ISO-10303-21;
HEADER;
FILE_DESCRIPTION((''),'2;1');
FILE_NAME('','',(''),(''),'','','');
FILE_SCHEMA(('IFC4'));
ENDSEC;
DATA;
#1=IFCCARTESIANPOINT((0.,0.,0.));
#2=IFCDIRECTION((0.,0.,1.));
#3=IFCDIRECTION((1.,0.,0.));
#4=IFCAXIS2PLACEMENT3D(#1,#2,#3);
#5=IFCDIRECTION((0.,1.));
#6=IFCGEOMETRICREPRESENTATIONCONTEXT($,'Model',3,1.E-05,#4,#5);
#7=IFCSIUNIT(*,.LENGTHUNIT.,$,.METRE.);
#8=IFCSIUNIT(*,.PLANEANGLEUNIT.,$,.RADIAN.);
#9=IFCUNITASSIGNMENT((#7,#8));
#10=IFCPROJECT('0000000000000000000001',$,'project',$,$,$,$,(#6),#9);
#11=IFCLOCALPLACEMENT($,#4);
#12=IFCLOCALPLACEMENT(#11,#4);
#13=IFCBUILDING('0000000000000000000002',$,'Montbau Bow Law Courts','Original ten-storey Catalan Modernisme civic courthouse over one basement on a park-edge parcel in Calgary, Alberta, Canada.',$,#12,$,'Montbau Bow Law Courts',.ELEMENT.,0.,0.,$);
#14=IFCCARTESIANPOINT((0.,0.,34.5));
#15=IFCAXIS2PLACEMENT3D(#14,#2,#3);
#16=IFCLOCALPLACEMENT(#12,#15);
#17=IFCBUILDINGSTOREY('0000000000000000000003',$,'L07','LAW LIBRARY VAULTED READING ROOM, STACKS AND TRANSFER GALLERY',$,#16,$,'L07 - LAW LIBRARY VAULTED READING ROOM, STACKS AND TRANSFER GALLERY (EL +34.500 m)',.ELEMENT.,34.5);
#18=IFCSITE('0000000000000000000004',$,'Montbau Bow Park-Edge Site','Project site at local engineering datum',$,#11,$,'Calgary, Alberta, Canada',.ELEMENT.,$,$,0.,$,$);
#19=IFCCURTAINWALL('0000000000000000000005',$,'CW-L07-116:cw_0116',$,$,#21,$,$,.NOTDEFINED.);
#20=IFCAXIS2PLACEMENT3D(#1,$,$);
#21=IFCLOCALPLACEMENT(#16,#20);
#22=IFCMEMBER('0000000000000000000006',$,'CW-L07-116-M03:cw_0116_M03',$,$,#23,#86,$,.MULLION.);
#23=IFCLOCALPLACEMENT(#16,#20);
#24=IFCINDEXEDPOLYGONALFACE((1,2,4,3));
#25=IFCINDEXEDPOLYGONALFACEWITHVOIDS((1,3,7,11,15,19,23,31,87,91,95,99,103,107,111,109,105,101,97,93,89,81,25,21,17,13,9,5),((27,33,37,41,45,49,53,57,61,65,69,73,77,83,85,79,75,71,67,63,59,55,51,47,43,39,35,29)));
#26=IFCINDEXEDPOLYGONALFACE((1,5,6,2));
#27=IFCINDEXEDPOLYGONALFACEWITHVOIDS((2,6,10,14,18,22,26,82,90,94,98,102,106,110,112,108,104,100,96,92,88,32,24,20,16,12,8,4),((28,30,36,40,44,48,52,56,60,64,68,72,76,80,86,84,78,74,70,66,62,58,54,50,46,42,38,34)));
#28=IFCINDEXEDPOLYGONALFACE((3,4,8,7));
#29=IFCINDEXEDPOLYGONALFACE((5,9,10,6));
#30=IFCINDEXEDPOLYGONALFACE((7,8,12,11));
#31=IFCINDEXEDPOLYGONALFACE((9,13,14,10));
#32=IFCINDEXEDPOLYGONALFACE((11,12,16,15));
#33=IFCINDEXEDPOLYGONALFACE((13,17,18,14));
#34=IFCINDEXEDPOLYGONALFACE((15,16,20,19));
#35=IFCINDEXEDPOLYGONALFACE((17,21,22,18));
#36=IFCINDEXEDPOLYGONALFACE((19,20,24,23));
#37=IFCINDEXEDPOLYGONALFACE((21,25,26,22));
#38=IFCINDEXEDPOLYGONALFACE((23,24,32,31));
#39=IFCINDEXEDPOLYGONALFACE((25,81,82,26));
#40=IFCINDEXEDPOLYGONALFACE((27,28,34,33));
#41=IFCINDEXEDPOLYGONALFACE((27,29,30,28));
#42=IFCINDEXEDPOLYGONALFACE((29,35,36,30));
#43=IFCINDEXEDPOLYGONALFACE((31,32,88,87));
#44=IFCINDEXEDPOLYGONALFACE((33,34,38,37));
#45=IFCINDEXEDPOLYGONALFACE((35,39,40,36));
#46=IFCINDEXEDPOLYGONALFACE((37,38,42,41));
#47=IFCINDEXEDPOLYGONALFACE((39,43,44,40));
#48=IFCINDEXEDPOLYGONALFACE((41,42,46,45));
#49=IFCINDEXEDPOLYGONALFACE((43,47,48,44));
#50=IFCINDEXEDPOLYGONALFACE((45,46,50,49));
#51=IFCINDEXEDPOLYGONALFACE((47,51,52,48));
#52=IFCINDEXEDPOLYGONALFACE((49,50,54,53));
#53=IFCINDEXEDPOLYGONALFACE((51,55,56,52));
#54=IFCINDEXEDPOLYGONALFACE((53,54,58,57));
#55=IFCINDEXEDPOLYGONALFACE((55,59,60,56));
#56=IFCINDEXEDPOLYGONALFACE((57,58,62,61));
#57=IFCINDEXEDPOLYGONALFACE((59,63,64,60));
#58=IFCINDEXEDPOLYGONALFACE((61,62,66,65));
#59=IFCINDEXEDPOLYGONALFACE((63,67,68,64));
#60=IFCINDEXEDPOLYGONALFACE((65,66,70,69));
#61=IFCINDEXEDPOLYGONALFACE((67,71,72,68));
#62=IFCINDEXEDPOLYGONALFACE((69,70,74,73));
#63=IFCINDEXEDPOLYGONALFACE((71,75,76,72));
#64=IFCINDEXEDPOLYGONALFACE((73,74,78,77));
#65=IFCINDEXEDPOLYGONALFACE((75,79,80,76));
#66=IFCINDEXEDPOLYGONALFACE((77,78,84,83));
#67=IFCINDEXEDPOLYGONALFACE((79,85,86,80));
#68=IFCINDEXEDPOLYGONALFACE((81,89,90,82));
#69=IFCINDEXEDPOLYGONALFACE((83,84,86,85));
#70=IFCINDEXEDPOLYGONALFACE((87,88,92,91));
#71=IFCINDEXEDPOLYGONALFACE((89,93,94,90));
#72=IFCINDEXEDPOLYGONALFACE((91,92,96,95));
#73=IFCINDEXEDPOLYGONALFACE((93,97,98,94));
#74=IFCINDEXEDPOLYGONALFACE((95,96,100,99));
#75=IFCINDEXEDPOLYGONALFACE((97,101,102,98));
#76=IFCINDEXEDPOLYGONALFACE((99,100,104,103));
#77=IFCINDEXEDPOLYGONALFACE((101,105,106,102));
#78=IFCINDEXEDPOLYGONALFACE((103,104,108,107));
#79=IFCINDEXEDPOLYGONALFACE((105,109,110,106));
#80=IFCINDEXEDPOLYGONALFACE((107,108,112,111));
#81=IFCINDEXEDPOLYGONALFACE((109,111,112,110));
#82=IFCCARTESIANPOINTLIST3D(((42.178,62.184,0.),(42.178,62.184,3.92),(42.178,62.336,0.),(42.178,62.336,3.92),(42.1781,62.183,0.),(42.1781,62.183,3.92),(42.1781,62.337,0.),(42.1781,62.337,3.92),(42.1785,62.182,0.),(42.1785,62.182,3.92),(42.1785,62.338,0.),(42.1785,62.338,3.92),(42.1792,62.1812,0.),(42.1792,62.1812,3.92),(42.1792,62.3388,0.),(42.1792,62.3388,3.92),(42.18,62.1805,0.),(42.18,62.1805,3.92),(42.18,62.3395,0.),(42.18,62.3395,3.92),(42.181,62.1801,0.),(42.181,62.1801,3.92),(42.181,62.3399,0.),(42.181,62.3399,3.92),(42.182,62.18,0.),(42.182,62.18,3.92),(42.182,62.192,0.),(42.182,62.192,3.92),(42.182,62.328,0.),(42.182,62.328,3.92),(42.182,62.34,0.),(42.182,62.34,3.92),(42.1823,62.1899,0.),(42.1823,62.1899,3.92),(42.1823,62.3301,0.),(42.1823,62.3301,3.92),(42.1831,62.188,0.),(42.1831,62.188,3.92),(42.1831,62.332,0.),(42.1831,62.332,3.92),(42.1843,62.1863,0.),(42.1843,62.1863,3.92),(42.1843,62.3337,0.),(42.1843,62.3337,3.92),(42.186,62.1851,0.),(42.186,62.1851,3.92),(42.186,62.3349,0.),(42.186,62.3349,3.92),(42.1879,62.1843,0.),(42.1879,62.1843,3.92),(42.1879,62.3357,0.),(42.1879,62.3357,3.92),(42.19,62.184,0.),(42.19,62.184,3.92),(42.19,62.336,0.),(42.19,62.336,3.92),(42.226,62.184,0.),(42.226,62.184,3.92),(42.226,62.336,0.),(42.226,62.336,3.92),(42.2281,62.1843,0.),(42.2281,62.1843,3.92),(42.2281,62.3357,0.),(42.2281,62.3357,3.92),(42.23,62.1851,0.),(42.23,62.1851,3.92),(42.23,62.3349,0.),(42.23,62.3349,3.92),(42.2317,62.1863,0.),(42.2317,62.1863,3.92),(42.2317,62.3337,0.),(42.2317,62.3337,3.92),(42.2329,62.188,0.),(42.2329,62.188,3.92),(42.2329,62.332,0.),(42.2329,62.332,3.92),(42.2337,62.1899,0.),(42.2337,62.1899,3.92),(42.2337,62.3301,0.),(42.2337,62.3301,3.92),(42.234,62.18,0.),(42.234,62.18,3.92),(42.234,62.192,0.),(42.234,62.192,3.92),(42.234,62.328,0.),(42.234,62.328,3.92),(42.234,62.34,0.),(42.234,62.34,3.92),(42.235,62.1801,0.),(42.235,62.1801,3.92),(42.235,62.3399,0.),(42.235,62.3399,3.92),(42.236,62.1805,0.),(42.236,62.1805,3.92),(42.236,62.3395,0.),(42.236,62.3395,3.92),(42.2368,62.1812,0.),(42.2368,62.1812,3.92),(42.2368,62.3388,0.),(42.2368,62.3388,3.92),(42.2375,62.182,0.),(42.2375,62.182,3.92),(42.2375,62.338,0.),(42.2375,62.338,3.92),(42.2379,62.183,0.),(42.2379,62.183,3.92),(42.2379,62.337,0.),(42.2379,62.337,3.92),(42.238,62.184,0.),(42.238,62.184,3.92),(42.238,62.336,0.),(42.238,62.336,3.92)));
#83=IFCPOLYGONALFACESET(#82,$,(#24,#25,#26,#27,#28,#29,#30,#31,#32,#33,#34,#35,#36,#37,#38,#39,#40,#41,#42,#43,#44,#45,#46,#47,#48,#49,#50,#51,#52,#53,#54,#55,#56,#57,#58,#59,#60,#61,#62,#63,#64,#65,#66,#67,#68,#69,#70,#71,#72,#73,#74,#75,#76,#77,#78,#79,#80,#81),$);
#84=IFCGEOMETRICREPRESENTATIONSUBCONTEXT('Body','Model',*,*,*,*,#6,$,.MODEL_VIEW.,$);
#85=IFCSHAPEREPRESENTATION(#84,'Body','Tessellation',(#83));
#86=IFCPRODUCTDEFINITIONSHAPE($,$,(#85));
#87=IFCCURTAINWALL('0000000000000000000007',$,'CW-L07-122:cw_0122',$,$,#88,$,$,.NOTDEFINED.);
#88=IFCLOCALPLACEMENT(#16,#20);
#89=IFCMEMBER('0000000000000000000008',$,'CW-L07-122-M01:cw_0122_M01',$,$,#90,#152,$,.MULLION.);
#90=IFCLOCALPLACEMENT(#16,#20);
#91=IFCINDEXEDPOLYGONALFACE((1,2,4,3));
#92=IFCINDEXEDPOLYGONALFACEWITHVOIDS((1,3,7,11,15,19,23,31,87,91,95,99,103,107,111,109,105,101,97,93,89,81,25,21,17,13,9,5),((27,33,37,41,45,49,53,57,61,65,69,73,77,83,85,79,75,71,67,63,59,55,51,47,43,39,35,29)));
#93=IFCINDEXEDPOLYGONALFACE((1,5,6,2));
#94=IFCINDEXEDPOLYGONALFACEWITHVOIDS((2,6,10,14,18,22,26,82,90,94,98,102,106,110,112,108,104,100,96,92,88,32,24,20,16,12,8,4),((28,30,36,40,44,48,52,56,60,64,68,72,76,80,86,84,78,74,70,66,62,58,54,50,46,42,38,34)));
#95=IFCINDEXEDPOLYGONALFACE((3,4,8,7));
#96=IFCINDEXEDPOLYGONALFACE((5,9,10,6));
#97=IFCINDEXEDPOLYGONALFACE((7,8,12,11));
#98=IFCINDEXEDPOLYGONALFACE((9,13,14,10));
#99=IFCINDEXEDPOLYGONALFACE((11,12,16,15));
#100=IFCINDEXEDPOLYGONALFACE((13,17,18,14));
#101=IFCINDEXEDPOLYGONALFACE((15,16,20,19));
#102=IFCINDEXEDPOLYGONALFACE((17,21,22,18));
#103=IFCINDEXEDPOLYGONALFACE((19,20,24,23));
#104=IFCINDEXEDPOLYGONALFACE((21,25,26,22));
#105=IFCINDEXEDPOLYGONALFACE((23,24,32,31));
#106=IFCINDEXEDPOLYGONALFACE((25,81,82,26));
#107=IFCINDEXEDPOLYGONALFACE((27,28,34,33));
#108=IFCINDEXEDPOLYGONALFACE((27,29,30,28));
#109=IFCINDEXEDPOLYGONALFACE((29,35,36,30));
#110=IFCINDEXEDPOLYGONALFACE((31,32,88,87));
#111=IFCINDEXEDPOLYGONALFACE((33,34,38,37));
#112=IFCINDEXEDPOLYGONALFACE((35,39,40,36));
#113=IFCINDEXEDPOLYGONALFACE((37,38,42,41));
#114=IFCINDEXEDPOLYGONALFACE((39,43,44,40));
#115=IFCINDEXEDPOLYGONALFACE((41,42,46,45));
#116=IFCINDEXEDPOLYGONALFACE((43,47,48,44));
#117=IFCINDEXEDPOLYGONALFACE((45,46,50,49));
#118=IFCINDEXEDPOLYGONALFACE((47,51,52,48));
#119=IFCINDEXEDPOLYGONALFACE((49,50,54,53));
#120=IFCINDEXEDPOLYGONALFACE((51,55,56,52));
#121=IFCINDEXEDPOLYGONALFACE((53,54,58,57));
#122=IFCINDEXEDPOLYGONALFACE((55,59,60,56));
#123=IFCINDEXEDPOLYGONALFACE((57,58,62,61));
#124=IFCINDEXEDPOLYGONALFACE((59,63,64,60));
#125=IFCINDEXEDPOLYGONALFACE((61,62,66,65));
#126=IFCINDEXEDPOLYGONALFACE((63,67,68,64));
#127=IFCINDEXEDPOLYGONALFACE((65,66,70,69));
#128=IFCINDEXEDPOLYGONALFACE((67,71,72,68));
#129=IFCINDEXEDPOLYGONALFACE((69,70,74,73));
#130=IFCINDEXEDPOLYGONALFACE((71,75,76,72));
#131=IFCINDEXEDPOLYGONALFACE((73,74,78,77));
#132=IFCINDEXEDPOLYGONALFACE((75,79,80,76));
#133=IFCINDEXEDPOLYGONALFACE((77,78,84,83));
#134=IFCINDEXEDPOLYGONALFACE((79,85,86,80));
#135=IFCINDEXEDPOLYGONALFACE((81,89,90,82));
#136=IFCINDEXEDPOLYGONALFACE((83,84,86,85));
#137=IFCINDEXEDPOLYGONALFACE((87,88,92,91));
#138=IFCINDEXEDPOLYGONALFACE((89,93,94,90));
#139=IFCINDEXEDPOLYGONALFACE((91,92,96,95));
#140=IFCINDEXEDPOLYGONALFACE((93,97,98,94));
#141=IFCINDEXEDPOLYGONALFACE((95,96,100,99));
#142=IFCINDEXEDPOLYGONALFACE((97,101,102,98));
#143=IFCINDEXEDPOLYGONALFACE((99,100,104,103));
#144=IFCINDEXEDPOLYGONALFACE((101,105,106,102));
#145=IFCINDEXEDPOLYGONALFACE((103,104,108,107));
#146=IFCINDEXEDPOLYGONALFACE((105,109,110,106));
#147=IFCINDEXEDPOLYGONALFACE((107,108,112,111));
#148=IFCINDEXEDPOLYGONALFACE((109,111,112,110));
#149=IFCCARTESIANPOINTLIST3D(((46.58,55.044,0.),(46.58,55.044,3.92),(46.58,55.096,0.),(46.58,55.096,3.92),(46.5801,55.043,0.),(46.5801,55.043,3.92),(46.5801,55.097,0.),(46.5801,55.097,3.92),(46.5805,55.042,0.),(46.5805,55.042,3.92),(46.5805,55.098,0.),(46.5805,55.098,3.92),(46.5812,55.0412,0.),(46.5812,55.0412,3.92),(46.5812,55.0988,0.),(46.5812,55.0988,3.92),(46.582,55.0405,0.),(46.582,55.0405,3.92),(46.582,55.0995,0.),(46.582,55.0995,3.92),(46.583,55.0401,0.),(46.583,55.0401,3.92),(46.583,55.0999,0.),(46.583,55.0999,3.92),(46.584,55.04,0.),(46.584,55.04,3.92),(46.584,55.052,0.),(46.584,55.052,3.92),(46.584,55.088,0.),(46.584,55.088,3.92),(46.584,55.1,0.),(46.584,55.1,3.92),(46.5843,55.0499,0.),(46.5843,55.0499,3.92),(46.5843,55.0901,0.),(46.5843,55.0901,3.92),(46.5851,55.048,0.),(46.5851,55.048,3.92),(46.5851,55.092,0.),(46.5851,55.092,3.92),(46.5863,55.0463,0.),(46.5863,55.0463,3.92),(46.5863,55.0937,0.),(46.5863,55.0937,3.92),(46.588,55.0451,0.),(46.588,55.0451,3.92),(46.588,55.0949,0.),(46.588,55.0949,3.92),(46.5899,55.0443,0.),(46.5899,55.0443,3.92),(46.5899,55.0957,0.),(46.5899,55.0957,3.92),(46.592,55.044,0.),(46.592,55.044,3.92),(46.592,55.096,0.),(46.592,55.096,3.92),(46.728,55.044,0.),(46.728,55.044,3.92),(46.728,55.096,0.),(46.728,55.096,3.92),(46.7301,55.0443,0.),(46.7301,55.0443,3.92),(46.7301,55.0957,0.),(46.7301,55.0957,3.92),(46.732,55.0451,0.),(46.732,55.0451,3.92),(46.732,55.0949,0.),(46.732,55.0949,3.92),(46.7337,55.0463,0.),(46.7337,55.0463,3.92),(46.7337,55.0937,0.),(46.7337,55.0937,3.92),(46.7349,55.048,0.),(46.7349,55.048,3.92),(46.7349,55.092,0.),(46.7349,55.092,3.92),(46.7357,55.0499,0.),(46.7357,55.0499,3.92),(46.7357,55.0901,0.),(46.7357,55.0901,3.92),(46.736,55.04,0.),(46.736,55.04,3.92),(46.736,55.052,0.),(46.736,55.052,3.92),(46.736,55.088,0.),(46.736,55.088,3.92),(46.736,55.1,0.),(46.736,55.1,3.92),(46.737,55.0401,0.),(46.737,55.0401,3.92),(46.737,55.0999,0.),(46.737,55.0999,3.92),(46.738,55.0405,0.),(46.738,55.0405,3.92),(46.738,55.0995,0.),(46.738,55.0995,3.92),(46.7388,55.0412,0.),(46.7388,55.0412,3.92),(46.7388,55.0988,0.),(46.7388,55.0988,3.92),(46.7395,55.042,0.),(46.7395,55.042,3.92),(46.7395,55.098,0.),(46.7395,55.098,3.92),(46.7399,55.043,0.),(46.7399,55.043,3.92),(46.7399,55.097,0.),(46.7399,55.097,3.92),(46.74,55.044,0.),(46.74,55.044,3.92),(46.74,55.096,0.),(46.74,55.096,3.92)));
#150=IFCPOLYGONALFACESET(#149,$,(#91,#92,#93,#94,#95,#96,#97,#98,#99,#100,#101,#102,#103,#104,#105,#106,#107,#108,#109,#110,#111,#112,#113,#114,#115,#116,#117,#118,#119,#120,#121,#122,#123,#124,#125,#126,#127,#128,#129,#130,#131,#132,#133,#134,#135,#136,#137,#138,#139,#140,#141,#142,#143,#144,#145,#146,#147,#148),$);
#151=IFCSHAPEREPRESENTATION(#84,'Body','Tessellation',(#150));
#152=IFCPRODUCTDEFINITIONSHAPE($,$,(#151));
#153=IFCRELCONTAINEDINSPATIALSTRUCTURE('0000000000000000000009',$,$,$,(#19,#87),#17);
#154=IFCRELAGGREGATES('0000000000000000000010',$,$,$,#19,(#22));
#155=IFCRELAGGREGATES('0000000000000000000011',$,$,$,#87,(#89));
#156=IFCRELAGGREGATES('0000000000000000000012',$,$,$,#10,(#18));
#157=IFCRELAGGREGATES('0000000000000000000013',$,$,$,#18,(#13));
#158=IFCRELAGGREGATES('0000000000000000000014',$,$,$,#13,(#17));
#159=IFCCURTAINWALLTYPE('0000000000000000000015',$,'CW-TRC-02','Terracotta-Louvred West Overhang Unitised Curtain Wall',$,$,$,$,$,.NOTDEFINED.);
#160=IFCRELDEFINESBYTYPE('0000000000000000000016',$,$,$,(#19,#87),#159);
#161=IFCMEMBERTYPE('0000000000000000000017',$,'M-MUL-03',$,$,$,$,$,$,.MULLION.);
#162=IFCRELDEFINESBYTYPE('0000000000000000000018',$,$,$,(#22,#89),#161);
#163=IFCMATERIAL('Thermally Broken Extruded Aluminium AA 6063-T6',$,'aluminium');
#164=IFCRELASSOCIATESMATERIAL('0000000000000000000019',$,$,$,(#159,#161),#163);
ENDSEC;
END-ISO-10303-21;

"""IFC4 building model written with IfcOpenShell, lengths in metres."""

from ifc_helpers import new_model, si_unit, direction, frame, origin_with_axes, origin_2d_with_axis, place, context, subcontext, project, spatial, hollow_rectangle, extrude, material, material_profile, profile_set, type_object, element, aggregate, save


model = new_model("IFC4")

# Units and contexts
model_context = context("Model", 3, precision=1e-05, world=origin_with_axes(), true_north=direction((0.0, 1.0)))
body_context = subcontext(model_context, "Body", "Model", "MODEL_VIEW")
ifc_project = project(units=[si_unit("LENGTHUNIT", "METRE"), si_unit("PLANEANGLEUNIT", "RADIAN")], contexts=[model_context])

# Site, building, storey
site_placement = place(None, origin_with_axes())
site = spatial("IfcSite", under=ifc_project, at=site_placement, Name="Montbau Bow Park-Edge Site", Description="Project site at local engineering datum", LongName="Calgary, Alberta, Canada", CompositionType="ELEMENT", RefElevation=0.0)
building_placement = place(site_placement, origin_with_axes())
building = spatial("IfcBuilding", under=site, at=building_placement, Name="Montbau Bow Law Courts", Description="Original ten-storey Catalan Modernisme civic courthouse over one basement on a park-edge parcel in Calgary, Alberta, Canada.", LongName="Montbau Bow Law Courts", CompositionType="ELEMENT", ElevationOfRefHeight=0.0, ElevationOfTerrain=0.0)
storey_placement = place(building_placement, frame((0.0, 0.0, 34.5), z_axis=(0.0, 0.0, 1.0), x_axis=(1.0, 0.0, 0.0)))
storey = spatial("IfcBuildingStorey", under=building, at=storey_placement, Name="L07", Description="LAW LIBRARY VAULTED READING ROOM, STACKS AND TRANSFER GALLERY", LongName="L07 - LAW LIBRARY VAULTED READING ROOM, STACKS AND TRANSFER GALLERY (EL +34.500 m)", CompositionType="ELEMENT", Elevation=34.5)

# Shared definitions
ifc_material_1 = material(Name="Thermally Broken Extruded Aluminium AA 6063-T6", Category="aluminium")
curtain_wall_type = type_object("IfcCurtainWallType", Name="CW-TRC-02", Description="Terracotta-Louvred West Overhang Unitised Curtain Wall", PredefinedType="NOTDEFINED", material=ifc_material_1)

# Curtain wall, member
curtain_wall_1_placement = place(None, frame((39.44, 62.26, 34.5), z_axis=(0.0, 0.0, 1.0), x_axis=(1.0, 0.0, 0.0)))
curtain_wall_1 = element("IfcCurtainWall", 1, at=curtain_wall_1_placement, inside=storey, type_object=curtain_wall_type, Name="CW-L07-116:cw_0116", PredefinedType="NOTDEFINED")
ifc_material_profile_1 = material_profile(ifc_material_1, hollow_rectangle(XDim=0.06, YDim=0.16, WallThickness=0.004, InnerFilletRadius=0.008, OuterFilletRadius=0.004, at=origin_2d_with_axis()), Name="CWM-160X60", Category="Main", Priority=0)
ifc_profile_set_1 = profile_set([ifc_material_profile_1], Name="Thermally Broken Extruded Aluminium AA 6063-T6")
member_type_1 = type_object("IfcMemberType", Name="M-MUL-03", PredefinedType="MULLION", material=ifc_profile_set_1)
member_1_placement = place(None, frame((42.208, 62.26, 34.5), z_axis=(0.0, 0.0, 1.0), x_axis=(1.0, 0.0, 0.0)))
member_1 = element("IfcMember", 2, at=member_1_placement, type_object=member_type_1, Name="CW-L07-116-M03:cw_0116_M03", PredefinedType="MULLION", context=body_context, shape_type="SweptSolid", body=[
    extrude(hollow_rectangle(XDim=0.06, YDim=0.16, WallThickness=0.004, InnerFilletRadius=0.008, OuterFilletRadius=0.004, at=origin_2d_with_axis()), origin_with_axes(), (0.0, 0.0, 1.0), 3.92),
])

# Curtain wall, member
curtain_wall_2_placement = place(None, frame((46.66, 55.04, 34.5), z_axis=(0.0, 0.0, 1.0), x_axis=(1.0, 0.0, 0.0)))
curtain_wall_2 = element("IfcCurtainWall", 3, at=curtain_wall_2_placement, inside=storey, type_object=curtain_wall_type, Name="CW-L07-122:cw_0122", PredefinedType="NOTDEFINED")
member_2_placement = place(None, frame((46.66, 55.07, 34.5), z_axis=(0.0, 0.0, 1.0), x_axis=(0.0, 1.0, 0.0)))
member_2 = element("IfcMember", 4, at=member_2_placement, type_object=member_type_1, Name="CW-L07-122-M01:cw_0122_M01", PredefinedType="MULLION", context=body_context, shape_type="SweptSolid", body=[
    extrude(hollow_rectangle(XDim=0.06, YDim=0.16, WallThickness=0.004, InnerFilletRadius=0.008, OuterFilletRadius=0.004, at=origin_2d_with_axis()), origin_with_axes(), (0.0, 0.0, 1.0), 3.92),
])

aggregate(curtain_wall_1, [member_1])
aggregate(curtain_wall_2, [member_2])

save(model, "model.ifc")
